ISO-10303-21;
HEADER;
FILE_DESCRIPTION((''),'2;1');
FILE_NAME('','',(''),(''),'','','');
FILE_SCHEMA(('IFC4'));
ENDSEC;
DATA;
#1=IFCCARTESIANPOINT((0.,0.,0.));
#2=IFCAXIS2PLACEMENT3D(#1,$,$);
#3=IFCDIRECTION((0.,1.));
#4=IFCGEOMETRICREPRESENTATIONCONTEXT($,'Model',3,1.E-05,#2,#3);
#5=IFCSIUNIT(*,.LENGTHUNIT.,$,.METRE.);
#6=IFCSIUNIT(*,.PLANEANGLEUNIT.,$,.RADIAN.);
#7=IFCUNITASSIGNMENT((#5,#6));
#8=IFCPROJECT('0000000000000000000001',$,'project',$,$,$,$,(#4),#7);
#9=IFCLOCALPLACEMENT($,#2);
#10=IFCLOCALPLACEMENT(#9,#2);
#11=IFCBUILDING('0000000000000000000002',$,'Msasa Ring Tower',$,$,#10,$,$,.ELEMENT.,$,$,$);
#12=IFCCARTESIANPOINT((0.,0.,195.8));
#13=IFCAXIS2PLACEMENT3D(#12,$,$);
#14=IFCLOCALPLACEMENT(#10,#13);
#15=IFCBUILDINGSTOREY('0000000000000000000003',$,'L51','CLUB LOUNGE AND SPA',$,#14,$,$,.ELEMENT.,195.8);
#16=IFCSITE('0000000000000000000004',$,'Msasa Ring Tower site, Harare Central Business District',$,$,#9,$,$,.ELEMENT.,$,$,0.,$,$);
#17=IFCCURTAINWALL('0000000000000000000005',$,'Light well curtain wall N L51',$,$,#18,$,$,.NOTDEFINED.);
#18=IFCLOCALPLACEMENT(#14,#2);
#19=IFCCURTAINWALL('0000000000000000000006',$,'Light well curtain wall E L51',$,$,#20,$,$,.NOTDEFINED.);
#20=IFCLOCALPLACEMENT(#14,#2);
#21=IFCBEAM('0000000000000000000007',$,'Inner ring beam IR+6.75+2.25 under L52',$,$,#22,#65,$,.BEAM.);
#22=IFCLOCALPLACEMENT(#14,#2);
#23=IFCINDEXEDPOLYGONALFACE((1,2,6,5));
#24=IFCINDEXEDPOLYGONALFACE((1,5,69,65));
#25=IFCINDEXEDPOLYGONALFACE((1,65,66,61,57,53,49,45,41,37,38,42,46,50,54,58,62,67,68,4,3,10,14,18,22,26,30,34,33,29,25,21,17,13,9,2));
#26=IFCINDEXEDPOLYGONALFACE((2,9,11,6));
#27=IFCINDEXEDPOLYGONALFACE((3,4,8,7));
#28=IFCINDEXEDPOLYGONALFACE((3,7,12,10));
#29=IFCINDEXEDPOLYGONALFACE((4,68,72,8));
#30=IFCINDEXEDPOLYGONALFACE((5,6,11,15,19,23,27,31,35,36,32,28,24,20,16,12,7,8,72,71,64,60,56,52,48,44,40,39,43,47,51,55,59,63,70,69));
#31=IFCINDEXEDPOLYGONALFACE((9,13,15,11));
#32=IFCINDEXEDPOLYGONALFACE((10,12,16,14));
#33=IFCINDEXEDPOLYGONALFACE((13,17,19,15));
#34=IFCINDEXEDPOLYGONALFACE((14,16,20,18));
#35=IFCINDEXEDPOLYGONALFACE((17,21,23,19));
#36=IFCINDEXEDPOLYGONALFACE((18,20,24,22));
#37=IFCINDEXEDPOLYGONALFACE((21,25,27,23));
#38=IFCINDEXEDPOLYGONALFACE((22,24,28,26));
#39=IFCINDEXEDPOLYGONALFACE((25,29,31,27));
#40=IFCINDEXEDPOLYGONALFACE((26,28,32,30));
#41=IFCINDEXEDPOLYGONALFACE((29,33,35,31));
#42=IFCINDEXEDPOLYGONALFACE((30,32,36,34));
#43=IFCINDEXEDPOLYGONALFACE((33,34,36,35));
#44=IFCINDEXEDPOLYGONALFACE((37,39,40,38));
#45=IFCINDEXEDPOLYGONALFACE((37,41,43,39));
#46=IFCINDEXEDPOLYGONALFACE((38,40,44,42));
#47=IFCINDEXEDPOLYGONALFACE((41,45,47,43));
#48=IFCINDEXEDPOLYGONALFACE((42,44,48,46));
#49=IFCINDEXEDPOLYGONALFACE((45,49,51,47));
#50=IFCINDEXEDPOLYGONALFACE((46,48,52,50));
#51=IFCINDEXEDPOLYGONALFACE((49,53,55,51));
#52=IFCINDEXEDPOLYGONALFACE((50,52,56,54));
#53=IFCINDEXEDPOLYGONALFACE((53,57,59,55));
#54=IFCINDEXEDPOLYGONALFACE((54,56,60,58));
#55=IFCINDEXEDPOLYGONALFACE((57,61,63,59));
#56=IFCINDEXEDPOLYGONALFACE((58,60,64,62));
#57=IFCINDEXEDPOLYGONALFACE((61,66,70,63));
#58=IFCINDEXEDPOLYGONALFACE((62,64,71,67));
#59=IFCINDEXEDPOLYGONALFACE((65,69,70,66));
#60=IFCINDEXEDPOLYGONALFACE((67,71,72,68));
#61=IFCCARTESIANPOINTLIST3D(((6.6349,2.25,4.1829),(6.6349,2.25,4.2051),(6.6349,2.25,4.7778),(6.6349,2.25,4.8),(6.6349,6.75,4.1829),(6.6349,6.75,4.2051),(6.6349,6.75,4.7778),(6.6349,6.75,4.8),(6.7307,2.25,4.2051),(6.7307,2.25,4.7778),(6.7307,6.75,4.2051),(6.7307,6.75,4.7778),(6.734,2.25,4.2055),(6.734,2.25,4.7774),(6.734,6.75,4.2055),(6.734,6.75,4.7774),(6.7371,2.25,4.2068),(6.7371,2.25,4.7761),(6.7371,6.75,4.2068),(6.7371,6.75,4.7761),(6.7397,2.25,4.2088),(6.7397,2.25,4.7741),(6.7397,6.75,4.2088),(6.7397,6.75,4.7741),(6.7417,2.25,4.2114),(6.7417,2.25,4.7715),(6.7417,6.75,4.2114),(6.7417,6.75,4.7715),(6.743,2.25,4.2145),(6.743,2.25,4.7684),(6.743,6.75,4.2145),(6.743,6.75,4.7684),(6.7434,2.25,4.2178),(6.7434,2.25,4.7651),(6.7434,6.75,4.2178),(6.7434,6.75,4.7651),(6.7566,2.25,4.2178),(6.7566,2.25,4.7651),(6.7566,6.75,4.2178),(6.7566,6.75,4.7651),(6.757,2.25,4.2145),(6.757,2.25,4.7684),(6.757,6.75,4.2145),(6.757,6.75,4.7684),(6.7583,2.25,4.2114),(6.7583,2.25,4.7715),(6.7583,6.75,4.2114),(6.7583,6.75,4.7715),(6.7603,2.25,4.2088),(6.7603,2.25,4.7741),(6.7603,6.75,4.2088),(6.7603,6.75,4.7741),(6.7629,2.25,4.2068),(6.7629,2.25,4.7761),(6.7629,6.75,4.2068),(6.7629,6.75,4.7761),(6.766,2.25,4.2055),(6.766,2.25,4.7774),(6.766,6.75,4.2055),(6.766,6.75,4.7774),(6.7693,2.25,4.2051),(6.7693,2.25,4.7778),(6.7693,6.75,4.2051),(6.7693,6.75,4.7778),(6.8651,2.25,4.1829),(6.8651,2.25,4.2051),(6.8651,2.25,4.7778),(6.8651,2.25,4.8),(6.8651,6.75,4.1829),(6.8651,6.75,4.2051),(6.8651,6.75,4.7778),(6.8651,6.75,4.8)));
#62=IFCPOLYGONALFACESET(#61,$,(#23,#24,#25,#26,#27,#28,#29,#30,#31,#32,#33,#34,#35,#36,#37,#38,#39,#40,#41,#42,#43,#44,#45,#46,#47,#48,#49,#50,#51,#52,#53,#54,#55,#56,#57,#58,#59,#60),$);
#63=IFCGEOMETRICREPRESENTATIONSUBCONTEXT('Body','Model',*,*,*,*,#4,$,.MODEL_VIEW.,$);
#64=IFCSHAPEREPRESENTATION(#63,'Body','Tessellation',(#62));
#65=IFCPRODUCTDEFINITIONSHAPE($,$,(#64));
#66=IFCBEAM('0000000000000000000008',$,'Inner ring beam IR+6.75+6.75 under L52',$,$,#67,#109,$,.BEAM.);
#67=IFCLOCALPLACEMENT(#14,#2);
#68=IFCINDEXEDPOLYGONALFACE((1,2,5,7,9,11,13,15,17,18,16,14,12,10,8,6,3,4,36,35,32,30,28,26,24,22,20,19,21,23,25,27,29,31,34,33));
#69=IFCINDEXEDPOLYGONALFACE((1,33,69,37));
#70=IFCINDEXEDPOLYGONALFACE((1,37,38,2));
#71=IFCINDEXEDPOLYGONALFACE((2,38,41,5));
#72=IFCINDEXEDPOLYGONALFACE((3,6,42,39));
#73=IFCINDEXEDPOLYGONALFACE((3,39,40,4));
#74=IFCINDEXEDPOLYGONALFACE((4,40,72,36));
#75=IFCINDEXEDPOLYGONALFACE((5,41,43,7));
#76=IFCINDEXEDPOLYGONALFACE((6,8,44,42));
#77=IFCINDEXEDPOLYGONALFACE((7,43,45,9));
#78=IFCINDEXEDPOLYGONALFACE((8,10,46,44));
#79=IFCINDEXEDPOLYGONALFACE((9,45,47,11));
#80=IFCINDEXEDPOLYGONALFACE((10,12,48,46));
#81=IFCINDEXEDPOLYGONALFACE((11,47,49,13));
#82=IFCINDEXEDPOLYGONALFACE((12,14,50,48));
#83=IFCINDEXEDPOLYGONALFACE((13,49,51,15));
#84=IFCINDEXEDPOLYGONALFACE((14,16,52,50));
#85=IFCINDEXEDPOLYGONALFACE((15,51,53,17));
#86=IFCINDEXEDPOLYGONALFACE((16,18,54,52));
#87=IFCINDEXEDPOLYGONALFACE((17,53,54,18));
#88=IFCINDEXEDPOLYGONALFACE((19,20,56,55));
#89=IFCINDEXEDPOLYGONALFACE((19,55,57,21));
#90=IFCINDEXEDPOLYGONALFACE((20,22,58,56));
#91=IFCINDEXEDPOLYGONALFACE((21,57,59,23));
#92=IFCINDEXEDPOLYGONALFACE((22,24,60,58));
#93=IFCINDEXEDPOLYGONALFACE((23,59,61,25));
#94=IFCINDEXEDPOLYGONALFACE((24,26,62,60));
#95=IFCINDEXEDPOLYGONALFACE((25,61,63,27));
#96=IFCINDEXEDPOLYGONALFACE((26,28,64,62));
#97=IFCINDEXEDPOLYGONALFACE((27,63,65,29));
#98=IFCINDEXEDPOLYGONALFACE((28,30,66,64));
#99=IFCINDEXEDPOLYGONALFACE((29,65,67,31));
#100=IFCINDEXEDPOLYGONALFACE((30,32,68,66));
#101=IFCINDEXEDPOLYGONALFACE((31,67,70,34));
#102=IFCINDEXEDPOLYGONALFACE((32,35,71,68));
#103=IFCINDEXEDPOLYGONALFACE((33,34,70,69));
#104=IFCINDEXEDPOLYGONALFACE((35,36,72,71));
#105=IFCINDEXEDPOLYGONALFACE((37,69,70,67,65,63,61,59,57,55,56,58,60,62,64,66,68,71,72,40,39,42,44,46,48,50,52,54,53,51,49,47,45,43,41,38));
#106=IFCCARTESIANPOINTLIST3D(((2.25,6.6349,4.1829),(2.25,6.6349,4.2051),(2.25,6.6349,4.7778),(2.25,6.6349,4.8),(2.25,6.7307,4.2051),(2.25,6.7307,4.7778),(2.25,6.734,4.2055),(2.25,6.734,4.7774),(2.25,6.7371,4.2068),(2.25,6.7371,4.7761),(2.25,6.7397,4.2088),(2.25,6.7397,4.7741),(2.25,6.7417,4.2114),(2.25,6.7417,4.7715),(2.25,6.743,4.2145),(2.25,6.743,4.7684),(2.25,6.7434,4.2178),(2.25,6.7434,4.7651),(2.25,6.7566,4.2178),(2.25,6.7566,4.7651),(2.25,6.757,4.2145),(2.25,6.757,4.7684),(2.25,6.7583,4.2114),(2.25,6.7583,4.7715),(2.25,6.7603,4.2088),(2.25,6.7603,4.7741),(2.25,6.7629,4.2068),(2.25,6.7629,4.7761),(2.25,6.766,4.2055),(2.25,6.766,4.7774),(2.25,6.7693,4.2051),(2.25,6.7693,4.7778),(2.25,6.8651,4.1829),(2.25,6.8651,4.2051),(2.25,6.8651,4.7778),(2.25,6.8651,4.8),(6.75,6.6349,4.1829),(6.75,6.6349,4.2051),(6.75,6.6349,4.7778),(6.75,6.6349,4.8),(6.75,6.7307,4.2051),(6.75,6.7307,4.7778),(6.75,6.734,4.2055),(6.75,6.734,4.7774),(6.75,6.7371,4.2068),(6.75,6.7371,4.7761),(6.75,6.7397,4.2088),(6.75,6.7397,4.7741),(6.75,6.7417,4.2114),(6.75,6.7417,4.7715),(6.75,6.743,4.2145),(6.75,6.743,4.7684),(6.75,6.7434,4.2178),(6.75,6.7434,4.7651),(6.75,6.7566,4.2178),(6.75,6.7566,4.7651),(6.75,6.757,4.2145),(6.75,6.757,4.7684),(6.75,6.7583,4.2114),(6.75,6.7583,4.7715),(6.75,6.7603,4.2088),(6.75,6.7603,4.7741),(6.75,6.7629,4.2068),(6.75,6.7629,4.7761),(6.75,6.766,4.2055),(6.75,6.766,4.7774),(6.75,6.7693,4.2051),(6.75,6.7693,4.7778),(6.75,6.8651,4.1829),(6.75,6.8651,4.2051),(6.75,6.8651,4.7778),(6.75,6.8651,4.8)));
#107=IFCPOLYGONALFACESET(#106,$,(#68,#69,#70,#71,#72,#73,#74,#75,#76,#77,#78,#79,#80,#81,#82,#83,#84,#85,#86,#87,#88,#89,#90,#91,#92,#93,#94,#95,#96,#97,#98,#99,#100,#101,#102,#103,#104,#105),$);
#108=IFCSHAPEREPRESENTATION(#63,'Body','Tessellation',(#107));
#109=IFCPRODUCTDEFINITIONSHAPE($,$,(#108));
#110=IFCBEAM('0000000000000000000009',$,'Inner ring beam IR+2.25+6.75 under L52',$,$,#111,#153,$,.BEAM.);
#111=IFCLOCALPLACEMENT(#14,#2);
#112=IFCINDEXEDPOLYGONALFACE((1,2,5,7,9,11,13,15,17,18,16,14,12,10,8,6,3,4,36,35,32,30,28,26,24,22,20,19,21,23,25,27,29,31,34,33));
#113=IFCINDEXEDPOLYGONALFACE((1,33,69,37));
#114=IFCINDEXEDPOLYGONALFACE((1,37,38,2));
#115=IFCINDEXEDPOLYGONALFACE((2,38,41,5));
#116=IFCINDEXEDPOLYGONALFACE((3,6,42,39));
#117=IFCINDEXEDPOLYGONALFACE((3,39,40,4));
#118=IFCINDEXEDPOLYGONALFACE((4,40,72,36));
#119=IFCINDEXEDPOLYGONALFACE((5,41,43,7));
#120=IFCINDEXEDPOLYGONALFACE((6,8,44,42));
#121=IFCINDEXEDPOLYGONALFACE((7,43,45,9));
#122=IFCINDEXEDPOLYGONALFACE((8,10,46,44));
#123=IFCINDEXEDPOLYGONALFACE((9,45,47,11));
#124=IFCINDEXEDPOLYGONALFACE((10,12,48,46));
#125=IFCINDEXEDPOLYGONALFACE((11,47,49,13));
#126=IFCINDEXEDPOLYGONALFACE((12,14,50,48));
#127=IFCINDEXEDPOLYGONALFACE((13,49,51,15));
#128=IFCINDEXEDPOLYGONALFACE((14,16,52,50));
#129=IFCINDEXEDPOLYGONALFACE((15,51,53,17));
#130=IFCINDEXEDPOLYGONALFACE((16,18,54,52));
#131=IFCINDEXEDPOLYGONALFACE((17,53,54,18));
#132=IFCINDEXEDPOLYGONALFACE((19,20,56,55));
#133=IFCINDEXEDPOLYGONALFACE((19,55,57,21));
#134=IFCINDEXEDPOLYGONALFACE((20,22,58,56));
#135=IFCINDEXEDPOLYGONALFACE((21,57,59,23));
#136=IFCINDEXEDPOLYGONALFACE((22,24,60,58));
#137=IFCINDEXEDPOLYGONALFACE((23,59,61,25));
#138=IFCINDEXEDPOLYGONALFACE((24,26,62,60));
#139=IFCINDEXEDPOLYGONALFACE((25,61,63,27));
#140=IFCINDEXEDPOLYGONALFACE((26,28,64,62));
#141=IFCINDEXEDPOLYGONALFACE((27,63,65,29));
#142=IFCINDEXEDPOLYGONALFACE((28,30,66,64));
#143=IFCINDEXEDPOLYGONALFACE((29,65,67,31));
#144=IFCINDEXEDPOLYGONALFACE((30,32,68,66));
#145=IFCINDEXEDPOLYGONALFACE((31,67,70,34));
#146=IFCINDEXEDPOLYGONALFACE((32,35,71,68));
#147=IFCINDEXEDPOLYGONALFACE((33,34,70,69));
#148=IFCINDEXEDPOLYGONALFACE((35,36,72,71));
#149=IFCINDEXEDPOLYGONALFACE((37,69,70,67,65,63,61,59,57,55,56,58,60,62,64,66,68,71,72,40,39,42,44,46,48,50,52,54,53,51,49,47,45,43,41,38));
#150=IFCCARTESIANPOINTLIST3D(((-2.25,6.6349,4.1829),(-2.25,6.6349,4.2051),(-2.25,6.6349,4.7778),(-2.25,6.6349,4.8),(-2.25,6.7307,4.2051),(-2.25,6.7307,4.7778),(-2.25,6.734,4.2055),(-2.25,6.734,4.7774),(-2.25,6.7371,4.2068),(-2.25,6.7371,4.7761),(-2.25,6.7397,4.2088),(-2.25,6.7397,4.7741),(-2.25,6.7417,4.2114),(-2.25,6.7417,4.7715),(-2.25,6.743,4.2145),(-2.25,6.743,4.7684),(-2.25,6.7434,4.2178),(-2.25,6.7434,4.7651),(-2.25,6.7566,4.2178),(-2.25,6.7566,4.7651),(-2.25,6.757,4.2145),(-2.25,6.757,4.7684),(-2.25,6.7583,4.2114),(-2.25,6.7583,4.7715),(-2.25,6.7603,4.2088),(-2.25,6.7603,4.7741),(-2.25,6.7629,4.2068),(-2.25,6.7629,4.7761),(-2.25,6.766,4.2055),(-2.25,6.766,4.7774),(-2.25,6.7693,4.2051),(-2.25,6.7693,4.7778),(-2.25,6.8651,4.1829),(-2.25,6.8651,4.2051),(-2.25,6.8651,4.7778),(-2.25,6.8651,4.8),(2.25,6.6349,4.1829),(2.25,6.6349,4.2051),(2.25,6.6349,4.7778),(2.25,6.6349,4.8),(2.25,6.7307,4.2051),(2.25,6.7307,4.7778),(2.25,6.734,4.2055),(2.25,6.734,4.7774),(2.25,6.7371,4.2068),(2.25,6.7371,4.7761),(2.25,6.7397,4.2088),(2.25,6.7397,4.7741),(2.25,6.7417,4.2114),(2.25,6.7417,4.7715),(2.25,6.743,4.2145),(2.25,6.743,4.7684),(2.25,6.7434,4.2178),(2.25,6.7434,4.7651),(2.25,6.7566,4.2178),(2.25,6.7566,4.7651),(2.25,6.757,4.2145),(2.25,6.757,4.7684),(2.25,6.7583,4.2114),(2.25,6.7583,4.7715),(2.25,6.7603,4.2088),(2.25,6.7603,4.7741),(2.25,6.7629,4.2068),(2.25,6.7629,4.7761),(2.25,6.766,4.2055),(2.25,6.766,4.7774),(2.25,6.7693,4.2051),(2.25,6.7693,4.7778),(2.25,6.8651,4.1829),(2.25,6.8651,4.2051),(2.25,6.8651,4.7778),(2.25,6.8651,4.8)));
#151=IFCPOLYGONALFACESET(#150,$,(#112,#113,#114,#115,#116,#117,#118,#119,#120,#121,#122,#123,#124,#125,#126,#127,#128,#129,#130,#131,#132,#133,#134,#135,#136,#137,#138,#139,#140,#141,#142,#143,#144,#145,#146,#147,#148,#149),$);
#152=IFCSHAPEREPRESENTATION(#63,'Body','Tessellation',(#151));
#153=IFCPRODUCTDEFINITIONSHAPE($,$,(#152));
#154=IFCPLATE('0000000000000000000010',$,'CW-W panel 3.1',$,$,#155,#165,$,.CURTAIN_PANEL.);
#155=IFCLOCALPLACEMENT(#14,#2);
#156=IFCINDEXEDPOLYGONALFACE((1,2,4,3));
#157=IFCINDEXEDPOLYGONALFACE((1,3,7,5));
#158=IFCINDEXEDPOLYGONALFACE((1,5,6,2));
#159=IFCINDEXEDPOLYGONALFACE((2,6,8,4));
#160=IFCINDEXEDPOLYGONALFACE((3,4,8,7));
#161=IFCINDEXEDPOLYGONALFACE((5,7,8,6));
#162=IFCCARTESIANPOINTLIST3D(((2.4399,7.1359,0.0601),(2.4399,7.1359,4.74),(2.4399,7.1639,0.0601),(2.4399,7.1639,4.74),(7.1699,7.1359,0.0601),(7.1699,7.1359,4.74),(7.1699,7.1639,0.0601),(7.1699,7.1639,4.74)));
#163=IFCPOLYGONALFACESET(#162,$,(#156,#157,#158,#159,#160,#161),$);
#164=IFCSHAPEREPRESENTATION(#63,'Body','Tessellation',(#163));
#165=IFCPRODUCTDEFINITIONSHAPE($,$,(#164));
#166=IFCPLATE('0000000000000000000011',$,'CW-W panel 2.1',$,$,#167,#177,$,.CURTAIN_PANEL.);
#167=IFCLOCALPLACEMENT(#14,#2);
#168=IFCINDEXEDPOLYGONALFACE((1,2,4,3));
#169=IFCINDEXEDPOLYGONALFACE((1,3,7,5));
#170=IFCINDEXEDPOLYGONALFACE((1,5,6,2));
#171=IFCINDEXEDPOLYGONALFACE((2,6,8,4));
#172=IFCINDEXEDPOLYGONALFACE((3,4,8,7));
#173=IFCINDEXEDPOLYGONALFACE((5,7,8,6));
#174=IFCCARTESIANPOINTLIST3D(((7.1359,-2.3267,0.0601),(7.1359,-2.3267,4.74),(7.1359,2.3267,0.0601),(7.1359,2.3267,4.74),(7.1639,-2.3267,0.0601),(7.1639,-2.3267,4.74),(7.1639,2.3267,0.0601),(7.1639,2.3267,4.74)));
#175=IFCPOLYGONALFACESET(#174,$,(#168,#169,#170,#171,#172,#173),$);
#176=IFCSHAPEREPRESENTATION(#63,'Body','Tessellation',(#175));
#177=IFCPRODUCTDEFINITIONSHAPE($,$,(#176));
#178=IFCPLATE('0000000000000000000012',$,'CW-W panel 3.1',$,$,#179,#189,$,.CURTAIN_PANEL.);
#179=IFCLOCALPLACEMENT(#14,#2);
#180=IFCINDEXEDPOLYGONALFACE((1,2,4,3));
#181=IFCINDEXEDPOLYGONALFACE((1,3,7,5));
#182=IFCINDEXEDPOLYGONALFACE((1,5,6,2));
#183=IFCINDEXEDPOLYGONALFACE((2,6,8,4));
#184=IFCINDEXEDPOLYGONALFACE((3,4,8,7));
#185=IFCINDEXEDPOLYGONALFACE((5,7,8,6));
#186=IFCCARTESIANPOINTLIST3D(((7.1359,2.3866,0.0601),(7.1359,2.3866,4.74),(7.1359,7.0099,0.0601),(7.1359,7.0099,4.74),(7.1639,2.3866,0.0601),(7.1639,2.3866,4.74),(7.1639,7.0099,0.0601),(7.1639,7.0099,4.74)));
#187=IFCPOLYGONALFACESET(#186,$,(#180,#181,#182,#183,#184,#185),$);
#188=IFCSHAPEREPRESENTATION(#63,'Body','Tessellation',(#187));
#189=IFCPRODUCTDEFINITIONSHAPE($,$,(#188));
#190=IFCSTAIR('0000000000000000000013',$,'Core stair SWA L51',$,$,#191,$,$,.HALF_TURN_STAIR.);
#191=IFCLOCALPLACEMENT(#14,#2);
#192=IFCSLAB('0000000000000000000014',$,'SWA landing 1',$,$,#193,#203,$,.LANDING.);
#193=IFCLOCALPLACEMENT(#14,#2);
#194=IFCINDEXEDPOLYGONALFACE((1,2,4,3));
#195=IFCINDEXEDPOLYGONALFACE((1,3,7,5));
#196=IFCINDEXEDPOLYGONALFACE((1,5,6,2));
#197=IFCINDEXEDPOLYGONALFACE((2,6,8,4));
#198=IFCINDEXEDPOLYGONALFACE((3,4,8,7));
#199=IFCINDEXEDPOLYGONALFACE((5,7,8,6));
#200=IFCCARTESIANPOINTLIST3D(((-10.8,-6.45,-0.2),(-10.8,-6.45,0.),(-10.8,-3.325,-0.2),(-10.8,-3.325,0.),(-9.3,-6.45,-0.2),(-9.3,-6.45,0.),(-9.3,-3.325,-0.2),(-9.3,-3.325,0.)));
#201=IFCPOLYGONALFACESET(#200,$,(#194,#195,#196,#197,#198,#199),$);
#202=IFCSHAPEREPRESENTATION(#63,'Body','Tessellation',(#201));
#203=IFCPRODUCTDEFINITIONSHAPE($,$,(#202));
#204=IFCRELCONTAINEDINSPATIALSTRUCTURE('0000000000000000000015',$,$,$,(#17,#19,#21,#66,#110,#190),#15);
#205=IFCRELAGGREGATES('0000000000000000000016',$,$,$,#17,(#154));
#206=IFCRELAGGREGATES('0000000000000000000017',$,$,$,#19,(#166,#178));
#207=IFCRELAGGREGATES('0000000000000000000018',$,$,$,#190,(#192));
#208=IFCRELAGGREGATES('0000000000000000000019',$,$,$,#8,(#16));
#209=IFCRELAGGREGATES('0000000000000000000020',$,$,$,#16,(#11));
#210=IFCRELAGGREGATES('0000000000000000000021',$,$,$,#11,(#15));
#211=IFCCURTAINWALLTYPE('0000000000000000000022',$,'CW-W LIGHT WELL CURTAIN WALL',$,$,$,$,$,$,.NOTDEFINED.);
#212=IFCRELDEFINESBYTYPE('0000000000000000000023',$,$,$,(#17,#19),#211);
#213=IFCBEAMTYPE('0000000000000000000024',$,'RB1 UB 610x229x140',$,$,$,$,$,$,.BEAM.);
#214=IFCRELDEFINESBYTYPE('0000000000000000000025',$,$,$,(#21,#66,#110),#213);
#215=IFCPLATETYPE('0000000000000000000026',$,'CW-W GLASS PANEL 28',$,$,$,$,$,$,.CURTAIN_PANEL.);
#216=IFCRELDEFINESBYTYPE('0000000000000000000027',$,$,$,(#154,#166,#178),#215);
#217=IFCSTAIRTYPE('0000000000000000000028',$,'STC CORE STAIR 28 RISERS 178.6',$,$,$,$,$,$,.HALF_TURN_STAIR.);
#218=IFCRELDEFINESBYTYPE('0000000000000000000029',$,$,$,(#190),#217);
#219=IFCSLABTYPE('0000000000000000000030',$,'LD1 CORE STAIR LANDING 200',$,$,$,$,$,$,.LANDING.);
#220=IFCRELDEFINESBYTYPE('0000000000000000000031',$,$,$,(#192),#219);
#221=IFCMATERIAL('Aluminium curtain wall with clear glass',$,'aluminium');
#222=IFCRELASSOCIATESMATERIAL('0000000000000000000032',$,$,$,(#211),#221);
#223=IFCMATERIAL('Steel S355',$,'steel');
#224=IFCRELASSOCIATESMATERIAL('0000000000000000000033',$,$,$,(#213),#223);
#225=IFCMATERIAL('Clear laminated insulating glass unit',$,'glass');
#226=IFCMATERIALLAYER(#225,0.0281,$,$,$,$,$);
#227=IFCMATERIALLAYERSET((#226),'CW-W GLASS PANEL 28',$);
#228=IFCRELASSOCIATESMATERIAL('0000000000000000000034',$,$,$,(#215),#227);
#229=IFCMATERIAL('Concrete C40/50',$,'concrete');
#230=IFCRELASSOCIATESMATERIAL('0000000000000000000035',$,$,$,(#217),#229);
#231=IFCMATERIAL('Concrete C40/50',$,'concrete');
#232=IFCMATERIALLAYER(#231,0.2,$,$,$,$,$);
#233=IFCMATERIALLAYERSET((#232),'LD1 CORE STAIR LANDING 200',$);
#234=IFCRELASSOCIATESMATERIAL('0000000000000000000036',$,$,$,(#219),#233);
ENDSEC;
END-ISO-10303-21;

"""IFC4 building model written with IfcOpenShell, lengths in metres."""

from ifc_helpers import new_model, si_unit, direction, frame, origin, origin_2d, place, context, subcontext, project, spatial, polyline, rectangle, i_section, outline, extrude, material, layer, layer_set, material_profile, profile_set, type_object, element, aggregate, save


model = new_model("IFC4")

# Units and contexts
model_context = context("Model", 3, precision=1e-05, world=origin(), true_north=direction((0.0, 1.0)))
body_context = subcontext(model_context, "Body", "Model", "MODEL_VIEW")
ifc_project = project(units=[si_unit("LENGTHUNIT", "METRE"), si_unit("PLANEANGLEUNIT", "RADIAN")], contexts=[model_context])

# Site, building, storey
site_placement = place(None, origin())
site = spatial("IfcSite", under=ifc_project, at=site_placement, Name="Msasa Ring Tower site, Harare Central Business District", CompositionType="ELEMENT", RefElevation=0.0)
building_placement = place(site_placement, origin())
building = spatial("IfcBuilding", under=site, at=building_placement, Name="Msasa Ring Tower", CompositionType="ELEMENT")
storey_placement = place(building_placement, frame((0.0, 0.0, 195.8)))
storey = spatial("IfcBuildingStorey", under=building, at=storey_placement, Name="L51", Description="CLUB LOUNGE AND SPA", CompositionType="ELEMENT", Elevation=195.8)

# Curtain walls
ifc_material_1 = material(Name="Aluminium curtain wall with clear glass", Category="aluminium")
curtain_wall_type = type_object("IfcCurtainWallType", Name="CW-W LIGHT WELL CURTAIN WALL", PredefinedType="NOTDEFINED", material=ifc_material_1)
curtain_wall_1_placement = place(storey_placement, origin())
curtain_wall_1 = element("IfcCurtainWall", 1, at=curtain_wall_1_placement, inside=storey, type_object=curtain_wall_type, Name="Light well curtain wall N L51", PredefinedType="NOTDEFINED")
curtain_wall_2_placement = place(storey_placement, origin())
curtain_wall_2 = element("IfcCurtainWall", 2, at=curtain_wall_2_placement, inside=storey, type_object=curtain_wall_type, Name="Light well curtain wall E L51", PredefinedType="NOTDEFINED")

# Beams
ifc_material_2 = material(Name="Steel S355", Category="steel")
ifc_material_profile_1 = material_profile(ifc_material_2, i_section(OverallWidth=0.2302, OverallDepth=0.6172, WebThickness=0.0132, FlangeThickness=0.0222, FilletRadius=0.0127, at=origin_2d()), Name="UB 610x229x140")
ifc_profile_set_1 = profile_set([ifc_material_profile_1], Name="Steel S355")
beam_type = type_object("IfcBeamType", Name="RB1 UB 610x229x140", PredefinedType="BEAM", material=ifc_profile_set_1)
for number, where, z_axis, x_axis, name in (
    (3, (6.75, 2.25, 4.4915), (0.0, 1.0, 0.0), (-1.0, 0.0, 0.0), "Inner ring beam IR+6.75+2.25 under L52"),
    (4, (6.75, 6.75, 4.4915), (-1.0, 0.0, 0.0), (0.0, -1.0, 0.0), "Inner ring beam IR+6.75+6.75 under L52"),
    (5, (2.25, 6.75, 4.4915), (-1.0, 0.0, 0.0), (0.0, -1.0, 0.0), "Inner ring beam IR+2.25+6.75 under L52"),
):
    element("IfcBeam", number, at=place(storey_placement, frame(where, z_axis=z_axis, x_axis=x_axis)), inside=storey, type_object=beam_type, Name=name, PredefinedType="BEAM", context=body_context, shape_type="SweptSolid", body=[
        extrude(i_section(OverallWidth=0.2302, OverallDepth=0.6172, WebThickness=0.0132, FlangeThickness=0.0222, FilletRadius=0.0127, at=origin_2d()), origin(), (0.0, 0.0, 1.0), 4.5),
    ])

# Plates
ifc_material_3 = material(Name="Clear laminated insulating glass unit", Category="glass")
ifc_layer_1 = layer(ifc_material_3, 0.0281)
ifc_layer_set_1 = layer_set([ifc_layer_1], Name="CW-W GLASS PANEL 28")
plate_type = type_object("IfcPlateType", Name="CW-W GLASS PANEL 28", PredefinedType="CURTAIN_PANEL", material=ifc_layer_set_1)
plate_1_placement = place(storey_placement, frame((4.8049, 7.1499, 0.0601), z_axis=(0.0, 0.0, 1.0), x_axis=(1.0, 0.0, 0.0)))
plate_1 = element("IfcPlate", 6, at=plate_1_placement, type_object=plate_type, Name="CW-W panel 3.1", PredefinedType="CURTAIN_PANEL", context=body_context, shape_type="SweptSolid", body=[
    extrude(rectangle(XDim=4.73, YDim=0.0281, at=origin_2d()), origin(), (0.0, 0.0, 1.0), 4.6799),
])
aggregate(curtain_wall_1, [plate_1])
plate_2_placement = place(storey_placement, frame((7.1499, 0.0, 0.0601), z_axis=(0.0, 0.0, 1.0), x_axis=(0.0, 1.0, 0.0)))
plate_2 = element("IfcPlate", 7, at=plate_2_placement, type_object=plate_type, Name="CW-W panel 2.1", PredefinedType="CURTAIN_PANEL", context=body_context, shape_type="SweptSolid", body=[
    extrude(rectangle(XDim=4.6533, YDim=0.0281, at=origin_2d()), origin(), (0.0, 0.0, 1.0), 4.6799),
])
plate_3_placement = place(storey_placement, frame((7.1499, 4.6982, 0.0601), z_axis=(0.0, 0.0, 1.0), x_axis=(0.0, 1.0, 0.0)))
plate_3 = element("IfcPlate", 8, at=plate_3_placement, type_object=plate_type, Name="CW-W panel 3.1", PredefinedType="CURTAIN_PANEL", context=body_context, shape_type="SweptSolid", body=[
    extrude(rectangle(XDim=4.6233, YDim=0.0281, at=origin_2d()), origin(), (0.0, 0.0, 1.0), 4.6799),
])
aggregate(curtain_wall_2, [plate_2, plate_3])

# Stair, slab
ifc_material_4 = material(Name="Concrete C40/50", Category="concrete")
stair_type = type_object("IfcStairType", Name="STC CORE STAIR 28 RISERS 178.6", PredefinedType="HALF_TURN_STAIR", material=ifc_material_4)
stair_1_placement = place(storey_placement, origin())
stair_1 = element("IfcStair", 9, at=stair_1_placement, inside=storey, type_object=stair_type, Name="Core stair SWA L51", PredefinedType="HALF_TURN_STAIR")
ifc_material_5 = material(Name="Concrete C40/50", Category="concrete")
ifc_layer_2 = layer(ifc_material_5, 0.2)
ifc_layer_set_2 = layer_set([ifc_layer_2], Name="LD1 CORE STAIR LANDING 200")
slab_type = type_object("IfcSlabType", Name="LD1 CORE STAIR LANDING 200", PredefinedType="LANDING", material=ifc_layer_set_2)
slab_1_placement = place(storey_placement, frame((0.0, 0.0, -0.2)))
slab_1 = element("IfcSlab", 10, at=slab_1_placement, type_object=slab_type, Name="SWA landing 1", PredefinedType="LANDING", context=body_context, shape_type="SweptSolid", body=[
    extrude(outline(polyline([(-10.8, -6.45), (-9.3, -6.45), (-9.3, -3.325), (-10.8, -3.325), (-10.8, -6.45)])), origin(), (0.0, 0.0, 1.0), 0.2),
])
aggregate(stair_1, [slab_1])

save(model, "model.ifc")
